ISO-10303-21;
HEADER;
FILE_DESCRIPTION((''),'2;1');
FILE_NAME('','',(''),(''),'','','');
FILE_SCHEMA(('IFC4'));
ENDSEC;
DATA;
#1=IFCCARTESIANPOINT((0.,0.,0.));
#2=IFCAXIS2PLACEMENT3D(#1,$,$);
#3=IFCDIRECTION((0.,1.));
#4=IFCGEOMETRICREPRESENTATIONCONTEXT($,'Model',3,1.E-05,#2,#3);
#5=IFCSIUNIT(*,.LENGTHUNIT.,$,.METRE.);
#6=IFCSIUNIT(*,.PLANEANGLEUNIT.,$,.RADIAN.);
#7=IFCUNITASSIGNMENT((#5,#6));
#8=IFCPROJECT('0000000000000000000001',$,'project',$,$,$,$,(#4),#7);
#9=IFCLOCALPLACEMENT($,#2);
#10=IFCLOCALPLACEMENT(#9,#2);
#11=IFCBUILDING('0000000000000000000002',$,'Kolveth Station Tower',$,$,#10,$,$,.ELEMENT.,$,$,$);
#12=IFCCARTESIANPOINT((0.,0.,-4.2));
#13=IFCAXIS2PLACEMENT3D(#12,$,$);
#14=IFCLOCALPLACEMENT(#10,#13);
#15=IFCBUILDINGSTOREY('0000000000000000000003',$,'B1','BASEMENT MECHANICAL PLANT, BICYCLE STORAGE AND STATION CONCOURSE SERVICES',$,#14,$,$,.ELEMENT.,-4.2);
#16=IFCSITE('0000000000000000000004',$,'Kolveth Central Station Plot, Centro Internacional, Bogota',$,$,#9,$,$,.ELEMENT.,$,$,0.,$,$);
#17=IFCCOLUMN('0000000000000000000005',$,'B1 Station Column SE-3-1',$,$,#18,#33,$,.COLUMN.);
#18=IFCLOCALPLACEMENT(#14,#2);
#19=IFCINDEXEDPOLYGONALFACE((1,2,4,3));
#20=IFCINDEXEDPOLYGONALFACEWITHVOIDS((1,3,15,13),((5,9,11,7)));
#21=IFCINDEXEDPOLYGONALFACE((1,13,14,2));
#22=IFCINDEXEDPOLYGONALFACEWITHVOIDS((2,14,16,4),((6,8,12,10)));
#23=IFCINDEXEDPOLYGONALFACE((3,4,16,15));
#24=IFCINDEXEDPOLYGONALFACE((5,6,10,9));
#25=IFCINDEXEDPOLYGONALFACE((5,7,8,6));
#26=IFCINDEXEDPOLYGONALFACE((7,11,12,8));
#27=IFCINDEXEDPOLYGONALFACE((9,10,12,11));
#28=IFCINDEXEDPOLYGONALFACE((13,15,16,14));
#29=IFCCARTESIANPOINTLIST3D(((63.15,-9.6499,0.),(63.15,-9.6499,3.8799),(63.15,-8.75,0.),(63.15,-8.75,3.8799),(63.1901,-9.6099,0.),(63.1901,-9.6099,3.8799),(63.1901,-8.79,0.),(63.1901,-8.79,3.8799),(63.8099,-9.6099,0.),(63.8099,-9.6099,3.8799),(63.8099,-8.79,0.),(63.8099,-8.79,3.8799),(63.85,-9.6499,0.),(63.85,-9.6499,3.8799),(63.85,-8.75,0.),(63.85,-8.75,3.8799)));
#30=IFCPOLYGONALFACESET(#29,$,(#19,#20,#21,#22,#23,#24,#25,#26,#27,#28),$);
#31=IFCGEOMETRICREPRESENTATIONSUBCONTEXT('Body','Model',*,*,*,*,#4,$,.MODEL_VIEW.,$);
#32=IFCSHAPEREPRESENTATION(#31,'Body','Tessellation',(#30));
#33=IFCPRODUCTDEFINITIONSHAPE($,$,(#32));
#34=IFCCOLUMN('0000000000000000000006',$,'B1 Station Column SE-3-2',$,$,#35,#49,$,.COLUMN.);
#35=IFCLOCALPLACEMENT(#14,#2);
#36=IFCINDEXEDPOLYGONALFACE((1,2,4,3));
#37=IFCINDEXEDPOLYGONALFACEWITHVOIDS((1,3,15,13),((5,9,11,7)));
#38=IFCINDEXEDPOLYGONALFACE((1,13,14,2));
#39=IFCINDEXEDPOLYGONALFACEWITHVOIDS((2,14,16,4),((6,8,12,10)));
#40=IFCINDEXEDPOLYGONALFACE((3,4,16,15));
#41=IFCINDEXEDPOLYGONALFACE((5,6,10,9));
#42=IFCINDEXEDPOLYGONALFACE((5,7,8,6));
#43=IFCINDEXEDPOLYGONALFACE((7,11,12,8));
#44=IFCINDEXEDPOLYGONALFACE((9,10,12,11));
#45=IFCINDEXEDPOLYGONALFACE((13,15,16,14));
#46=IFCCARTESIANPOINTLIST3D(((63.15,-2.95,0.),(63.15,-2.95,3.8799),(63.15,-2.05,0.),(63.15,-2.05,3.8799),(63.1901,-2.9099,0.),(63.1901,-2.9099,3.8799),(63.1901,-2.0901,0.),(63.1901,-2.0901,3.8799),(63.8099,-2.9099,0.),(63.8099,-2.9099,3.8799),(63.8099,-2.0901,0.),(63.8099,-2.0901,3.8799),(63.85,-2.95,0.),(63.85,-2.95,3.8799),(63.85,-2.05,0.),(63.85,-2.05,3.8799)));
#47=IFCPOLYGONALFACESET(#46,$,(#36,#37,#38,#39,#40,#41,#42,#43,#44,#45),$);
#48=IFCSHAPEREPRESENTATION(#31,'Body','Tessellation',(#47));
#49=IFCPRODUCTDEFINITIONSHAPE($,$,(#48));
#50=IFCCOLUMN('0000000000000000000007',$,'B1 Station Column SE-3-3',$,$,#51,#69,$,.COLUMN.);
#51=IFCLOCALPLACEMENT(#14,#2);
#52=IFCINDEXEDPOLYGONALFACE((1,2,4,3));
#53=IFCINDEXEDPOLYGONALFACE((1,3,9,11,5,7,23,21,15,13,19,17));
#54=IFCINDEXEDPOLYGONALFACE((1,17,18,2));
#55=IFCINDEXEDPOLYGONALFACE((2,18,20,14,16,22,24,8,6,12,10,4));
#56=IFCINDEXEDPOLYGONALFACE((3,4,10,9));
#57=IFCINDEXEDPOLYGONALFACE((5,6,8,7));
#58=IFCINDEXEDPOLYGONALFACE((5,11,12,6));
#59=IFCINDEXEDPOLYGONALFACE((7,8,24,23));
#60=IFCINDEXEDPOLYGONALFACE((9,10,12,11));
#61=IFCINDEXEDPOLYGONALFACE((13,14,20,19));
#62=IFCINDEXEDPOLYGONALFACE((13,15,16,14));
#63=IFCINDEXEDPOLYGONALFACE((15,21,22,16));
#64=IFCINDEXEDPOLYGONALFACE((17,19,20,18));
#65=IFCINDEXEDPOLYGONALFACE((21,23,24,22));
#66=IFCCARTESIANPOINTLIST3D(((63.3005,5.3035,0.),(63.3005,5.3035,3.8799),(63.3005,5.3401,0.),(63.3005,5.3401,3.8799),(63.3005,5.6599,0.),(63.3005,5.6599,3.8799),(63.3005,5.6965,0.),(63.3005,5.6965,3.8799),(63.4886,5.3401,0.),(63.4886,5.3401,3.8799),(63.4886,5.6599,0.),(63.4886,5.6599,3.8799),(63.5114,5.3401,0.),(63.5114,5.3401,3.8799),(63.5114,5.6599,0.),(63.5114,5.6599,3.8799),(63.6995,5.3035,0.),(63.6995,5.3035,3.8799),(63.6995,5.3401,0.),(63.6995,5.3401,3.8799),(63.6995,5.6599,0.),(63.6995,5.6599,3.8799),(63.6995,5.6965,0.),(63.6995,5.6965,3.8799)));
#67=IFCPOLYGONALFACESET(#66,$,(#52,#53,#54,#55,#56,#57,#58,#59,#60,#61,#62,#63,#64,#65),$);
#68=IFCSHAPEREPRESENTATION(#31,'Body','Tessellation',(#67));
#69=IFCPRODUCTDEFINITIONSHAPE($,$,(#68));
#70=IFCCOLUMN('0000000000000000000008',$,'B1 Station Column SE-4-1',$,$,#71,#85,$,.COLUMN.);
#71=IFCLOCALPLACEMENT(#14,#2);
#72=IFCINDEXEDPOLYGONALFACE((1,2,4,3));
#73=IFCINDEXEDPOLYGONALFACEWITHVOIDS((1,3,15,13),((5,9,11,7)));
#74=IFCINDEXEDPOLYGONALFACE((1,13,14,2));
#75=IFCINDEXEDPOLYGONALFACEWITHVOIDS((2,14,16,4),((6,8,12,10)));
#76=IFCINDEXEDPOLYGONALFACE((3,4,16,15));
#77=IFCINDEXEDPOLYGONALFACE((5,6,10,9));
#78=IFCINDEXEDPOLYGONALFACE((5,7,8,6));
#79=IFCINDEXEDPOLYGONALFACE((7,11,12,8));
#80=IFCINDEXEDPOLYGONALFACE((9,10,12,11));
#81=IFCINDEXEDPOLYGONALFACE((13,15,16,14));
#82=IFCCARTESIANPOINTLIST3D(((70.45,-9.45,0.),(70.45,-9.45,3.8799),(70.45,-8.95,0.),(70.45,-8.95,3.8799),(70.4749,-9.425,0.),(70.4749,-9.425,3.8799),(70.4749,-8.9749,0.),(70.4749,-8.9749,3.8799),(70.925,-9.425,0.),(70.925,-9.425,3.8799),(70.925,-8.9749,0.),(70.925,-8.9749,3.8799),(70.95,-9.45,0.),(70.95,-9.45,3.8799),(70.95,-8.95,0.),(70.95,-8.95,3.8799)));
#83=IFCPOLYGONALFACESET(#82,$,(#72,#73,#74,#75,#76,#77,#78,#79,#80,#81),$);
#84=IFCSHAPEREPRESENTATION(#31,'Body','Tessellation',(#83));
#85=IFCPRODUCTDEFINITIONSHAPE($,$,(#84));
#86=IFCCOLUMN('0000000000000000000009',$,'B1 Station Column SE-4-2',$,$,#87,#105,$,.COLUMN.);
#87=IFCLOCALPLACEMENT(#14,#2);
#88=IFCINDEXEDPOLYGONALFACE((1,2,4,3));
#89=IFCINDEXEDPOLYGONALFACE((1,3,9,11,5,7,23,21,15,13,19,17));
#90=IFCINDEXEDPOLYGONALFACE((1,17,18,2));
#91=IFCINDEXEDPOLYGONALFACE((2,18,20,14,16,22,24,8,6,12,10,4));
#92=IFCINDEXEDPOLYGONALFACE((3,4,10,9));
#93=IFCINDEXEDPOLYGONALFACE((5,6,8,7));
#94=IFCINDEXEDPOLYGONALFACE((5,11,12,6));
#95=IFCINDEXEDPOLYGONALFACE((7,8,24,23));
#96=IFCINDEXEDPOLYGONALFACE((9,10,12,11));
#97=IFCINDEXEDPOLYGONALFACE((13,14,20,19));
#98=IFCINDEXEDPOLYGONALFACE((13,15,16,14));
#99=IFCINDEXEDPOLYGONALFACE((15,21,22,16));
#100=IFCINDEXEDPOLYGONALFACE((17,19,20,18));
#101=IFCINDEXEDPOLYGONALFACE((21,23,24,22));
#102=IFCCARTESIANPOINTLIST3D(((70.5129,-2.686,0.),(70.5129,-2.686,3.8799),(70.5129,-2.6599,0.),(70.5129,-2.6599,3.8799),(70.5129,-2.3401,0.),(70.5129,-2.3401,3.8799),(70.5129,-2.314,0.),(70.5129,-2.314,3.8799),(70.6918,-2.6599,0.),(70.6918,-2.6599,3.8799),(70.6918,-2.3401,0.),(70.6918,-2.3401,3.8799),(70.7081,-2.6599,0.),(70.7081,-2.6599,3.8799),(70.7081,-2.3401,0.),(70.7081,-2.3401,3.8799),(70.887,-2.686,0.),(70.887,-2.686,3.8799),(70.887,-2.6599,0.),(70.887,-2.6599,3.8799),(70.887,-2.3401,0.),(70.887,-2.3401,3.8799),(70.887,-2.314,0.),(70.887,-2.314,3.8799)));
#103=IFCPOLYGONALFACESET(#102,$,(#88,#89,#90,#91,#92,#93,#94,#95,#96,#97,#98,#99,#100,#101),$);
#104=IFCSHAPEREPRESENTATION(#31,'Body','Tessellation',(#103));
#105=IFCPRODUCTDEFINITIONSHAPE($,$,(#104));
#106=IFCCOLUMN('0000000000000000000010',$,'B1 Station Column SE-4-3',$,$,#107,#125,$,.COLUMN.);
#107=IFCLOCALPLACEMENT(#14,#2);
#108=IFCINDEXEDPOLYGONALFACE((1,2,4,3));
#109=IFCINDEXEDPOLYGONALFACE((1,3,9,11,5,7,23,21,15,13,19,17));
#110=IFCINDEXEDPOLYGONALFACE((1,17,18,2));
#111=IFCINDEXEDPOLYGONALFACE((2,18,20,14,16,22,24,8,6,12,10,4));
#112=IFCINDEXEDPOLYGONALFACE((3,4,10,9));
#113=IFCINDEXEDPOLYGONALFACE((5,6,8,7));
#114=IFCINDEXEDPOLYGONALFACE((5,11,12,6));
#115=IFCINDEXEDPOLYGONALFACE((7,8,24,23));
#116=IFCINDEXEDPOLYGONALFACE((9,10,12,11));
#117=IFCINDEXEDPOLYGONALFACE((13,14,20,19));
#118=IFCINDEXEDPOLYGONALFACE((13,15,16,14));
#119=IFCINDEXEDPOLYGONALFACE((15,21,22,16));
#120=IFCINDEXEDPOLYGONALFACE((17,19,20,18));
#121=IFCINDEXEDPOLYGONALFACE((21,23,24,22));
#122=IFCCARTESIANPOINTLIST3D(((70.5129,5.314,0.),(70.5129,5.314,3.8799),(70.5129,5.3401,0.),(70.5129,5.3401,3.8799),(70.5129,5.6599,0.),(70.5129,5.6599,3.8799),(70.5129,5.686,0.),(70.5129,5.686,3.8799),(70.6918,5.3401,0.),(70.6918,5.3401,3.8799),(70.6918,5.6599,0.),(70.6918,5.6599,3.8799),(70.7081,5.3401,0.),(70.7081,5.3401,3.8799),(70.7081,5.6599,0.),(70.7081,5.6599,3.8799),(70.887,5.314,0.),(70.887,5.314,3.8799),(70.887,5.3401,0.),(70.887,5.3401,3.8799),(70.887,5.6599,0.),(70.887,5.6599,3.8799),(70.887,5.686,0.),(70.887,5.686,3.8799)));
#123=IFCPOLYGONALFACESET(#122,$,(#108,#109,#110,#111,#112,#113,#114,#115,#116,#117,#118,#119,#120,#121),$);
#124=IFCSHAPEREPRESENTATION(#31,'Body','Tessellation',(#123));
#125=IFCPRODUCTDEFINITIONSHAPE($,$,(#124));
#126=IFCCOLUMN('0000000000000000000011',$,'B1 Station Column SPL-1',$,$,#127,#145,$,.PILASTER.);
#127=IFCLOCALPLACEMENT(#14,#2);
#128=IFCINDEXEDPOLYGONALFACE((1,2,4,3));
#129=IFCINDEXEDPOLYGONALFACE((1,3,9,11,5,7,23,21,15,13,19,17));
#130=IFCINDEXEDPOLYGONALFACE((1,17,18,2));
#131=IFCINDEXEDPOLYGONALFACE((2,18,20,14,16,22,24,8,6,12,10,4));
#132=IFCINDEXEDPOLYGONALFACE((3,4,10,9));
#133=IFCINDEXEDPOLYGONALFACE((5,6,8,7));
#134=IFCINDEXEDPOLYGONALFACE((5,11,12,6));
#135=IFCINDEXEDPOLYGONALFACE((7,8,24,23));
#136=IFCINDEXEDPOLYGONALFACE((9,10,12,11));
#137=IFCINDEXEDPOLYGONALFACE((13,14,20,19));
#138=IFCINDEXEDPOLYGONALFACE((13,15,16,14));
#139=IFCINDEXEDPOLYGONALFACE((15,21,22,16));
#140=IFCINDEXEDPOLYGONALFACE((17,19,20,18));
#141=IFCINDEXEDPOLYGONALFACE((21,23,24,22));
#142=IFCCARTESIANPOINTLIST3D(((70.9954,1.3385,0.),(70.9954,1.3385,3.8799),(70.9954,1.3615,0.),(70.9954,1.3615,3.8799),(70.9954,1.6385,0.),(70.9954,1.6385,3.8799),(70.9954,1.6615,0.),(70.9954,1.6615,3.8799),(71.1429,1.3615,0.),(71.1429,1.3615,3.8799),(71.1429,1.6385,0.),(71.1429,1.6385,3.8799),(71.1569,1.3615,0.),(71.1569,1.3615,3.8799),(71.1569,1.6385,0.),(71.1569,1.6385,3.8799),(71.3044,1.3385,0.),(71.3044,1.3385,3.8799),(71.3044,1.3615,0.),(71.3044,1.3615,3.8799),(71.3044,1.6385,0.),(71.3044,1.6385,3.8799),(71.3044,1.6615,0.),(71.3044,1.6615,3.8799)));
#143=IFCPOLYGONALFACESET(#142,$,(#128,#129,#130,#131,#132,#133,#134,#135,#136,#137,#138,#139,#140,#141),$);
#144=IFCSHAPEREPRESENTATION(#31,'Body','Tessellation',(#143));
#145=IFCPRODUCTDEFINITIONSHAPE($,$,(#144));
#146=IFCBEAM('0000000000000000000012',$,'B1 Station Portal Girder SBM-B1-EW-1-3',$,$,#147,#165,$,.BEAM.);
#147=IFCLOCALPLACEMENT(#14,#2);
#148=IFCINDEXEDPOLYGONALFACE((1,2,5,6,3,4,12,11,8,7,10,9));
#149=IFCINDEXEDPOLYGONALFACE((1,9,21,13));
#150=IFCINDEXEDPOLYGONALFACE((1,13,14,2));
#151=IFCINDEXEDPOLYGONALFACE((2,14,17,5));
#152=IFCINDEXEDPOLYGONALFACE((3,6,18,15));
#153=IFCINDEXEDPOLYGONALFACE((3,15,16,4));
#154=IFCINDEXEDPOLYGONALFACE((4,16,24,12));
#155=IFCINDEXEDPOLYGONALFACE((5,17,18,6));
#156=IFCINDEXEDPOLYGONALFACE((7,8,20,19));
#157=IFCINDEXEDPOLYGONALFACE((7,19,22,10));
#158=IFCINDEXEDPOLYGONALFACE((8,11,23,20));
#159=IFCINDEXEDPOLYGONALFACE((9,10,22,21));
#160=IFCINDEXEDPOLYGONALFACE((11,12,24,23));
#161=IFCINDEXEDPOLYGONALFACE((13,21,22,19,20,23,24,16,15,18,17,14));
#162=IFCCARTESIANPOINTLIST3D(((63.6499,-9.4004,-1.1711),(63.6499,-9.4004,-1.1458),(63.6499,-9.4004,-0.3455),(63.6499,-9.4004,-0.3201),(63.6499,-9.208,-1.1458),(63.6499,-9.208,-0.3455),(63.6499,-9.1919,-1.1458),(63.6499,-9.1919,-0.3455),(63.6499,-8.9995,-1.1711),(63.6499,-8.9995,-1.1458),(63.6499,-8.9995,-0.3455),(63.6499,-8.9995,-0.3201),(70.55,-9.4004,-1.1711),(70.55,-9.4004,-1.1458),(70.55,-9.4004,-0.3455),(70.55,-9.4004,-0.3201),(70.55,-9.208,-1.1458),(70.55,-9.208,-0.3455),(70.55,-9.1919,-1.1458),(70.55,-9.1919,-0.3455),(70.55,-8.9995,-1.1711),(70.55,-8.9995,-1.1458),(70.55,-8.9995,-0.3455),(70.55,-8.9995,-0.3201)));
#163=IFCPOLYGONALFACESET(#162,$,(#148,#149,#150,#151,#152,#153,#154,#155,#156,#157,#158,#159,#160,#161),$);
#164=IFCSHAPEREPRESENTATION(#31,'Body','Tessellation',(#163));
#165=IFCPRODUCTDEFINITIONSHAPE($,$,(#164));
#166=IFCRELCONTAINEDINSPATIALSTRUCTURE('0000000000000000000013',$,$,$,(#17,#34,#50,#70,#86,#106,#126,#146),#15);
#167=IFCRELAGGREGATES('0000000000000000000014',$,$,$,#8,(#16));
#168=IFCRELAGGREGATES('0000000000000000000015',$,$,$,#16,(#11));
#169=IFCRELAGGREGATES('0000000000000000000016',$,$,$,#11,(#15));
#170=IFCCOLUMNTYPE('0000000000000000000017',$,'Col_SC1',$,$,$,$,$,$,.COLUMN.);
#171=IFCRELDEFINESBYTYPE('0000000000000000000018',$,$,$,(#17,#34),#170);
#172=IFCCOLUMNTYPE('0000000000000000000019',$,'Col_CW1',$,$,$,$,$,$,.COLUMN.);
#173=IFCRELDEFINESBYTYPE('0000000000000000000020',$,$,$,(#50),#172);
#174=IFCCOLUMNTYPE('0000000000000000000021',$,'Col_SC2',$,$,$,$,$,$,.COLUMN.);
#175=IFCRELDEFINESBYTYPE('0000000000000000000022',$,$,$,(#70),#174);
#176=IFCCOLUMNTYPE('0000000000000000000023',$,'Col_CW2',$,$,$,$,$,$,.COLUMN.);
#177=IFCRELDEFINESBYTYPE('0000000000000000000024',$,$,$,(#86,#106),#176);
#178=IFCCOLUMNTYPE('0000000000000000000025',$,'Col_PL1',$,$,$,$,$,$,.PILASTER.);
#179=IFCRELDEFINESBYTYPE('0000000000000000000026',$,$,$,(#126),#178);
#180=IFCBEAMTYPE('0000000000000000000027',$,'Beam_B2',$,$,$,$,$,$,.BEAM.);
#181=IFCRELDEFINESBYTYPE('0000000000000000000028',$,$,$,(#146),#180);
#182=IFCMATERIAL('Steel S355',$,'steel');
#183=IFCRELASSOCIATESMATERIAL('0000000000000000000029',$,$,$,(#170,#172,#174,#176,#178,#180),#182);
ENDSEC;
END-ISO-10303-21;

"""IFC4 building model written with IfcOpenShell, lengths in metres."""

from ifc_helpers import new_model, si_unit, direction, frame, origin, origin_2d, place, context, subcontext, project, spatial, hollow_rectangle, i_section, extrude, source, transform, mapped, material, material_profile, profile_set, type_object, element, save


model = new_model("IFC4")

# Units and contexts
model_context = context("Model", 3, precision=1e-05, world=origin(), true_north=direction((0.0, 1.0)))
body_context = subcontext(model_context, "Body", "Model", "MODEL_VIEW")
ifc_project = project(units=[si_unit("LENGTHUNIT", "METRE"), si_unit("PLANEANGLEUNIT", "RADIAN")], contexts=[model_context])

# Site, building, storey
site_placement = place(None, origin())
site = spatial("IfcSite", under=ifc_project, at=site_placement, Name="Kolveth Central Station Plot, Centro Internacional, Bogota", CompositionType="ELEMENT", RefElevation=0.0)
building_placement = place(site_placement, origin())
building = spatial("IfcBuilding", under=site, at=building_placement, Name="Kolveth Station Tower", CompositionType="ELEMENT")
storey_placement = place(building_placement, frame((0.0, 0.0, -4.2)))
storey = spatial("IfcBuildingStorey", under=building, at=storey_placement, Name="B1", Description="BASEMENT MECHANICAL PLANT, BICYCLE STORAGE AND STATION CONCOURSE SERVICES", CompositionType="ELEMENT", Elevation=-4.2)

# Columns
ifc_material_1 = material(Name="Steel S355", Category="steel")
ifc_material_profile_1 = material_profile(ifc_material_1, hollow_rectangle(XDim=0.7, YDim=0.8999, WallThickness=0.04, at=origin_2d()), Name="BOX900x700x40")
ifc_profile_set_1 = profile_set([ifc_material_profile_1], Name="Steel S355")
column_type_1 = type_object("IfcColumnType", Name="Col_SC1", PredefinedType="COLUMN", material=ifc_profile_set_1)
shared_shape_1 = source(origin(), body_context, "Body", "SweptSolid", [
    extrude(hollow_rectangle(XDim=0.7, YDim=0.8999, WallThickness=0.04, at=origin_2d()), origin(), (0.0, 0.0, 1.0), 3.8799),
])
for number, where, z_axis, x_axis, name in (
    (1, (63.5, -9.2, 0.0), (0.0, 0.0, 1.0), (1.0, 0.0, 0.0), "B1 Station Column SE-3-1"),
    (2, (63.5, -2.5, 0.0), (0.0, 0.0, 1.0), (1.0, 0.0, 0.0), "B1 Station Column SE-3-2"),
):
    element("IfcColumn", number, at=place(storey_placement, frame(where, z_axis=z_axis, x_axis=x_axis)), inside=storey, type_object=column_type_1, Name=name, PredefinedType="COLUMN", context=body_context, shape_type="MappedRepresentation", body=[
        mapped(shared_shape_1, transform((0.0, 0.0, 0.0), x_axis=(1.0, 0.0, 0.0), y_axis=(0.0, 1.0, 0.0), z_axis=(0.0, 0.0, 1.0), scale=1.0)),
    ])
ifc_material_profile_2 = material_profile(ifc_material_1, i_section(OverallWidth=0.3989, OverallDepth=0.3931, WebThickness=0.0227, FlangeThickness=0.0366, at=origin_2d()), Name="W360x287")
ifc_profile_set_2 = profile_set([ifc_material_profile_2], Name="Steel S355")
column_type_2 = type_object("IfcColumnType", Name="Col_CW1", PredefinedType="COLUMN", material=ifc_profile_set_2)
shared_shape_2 = source(origin(), body_context, "Body", "SweptSolid", [
    extrude(i_section(OverallWidth=0.3989, OverallDepth=0.3931, WebThickness=0.0227, FlangeThickness=0.0366, at=origin_2d()), origin(), (0.0, 0.0, 1.0), 3.8799),
])
column_1_placement = place(storey_placement, frame((63.5, 5.5, 0.0), z_axis=(0.0, 0.0, 1.0), x_axis=(1.0, 0.0, 0.0)))
element("IfcColumn", 3, at=column_1_placement, inside=storey, type_object=column_type_2, Name="B1 Station Column SE-3-3", PredefinedType="COLUMN", context=body_context, shape_type="MappedRepresentation", body=[
    mapped(shared_shape_2, transform((0.0, 0.0, 0.0), x_axis=(1.0, 0.0, 0.0), y_axis=(0.0, 1.0, 0.0), z_axis=(0.0, 0.0, 1.0), scale=1.0)),
])
ifc_material_profile_3 = material_profile(ifc_material_1, hollow_rectangle(XDim=0.5, YDim=0.5, WallThickness=0.0249, at=origin_2d()), Name="HSS500x500x25")
ifc_profile_set_3 = profile_set([ifc_material_profile_3], Name="Steel S355")
column_type_3 = type_object("IfcColumnType", Name="Col_SC2", PredefinedType="COLUMN", material=ifc_profile_set_3)
shared_shape_3 = source(origin(), body_context, "Body", "SweptSolid", [
    extrude(hollow_rectangle(XDim=0.5, YDim=0.5, WallThickness=0.0249, at=origin_2d()), origin(), (0.0, 0.0, 1.0), 3.8799),
])
column_2_placement = place(storey_placement, frame((70.7, -9.2, 0.0), z_axis=(0.0, 0.0, 1.0), x_axis=(1.0, 0.0, 0.0)))
element("IfcColumn", 4, at=column_2_placement, inside=storey, type_object=column_type_3, Name="B1 Station Column SE-4-1", PredefinedType="COLUMN", context=body_context, shape_type="MappedRepresentation", body=[
    mapped(shared_shape_3, transform((0.0, 0.0, 0.0), x_axis=(1.0, 0.0, 0.0), y_axis=(0.0, 1.0, 0.0), z_axis=(0.0, 0.0, 1.0), scale=1.0)),
])
ifc_material_profile_4 = material_profile(ifc_material_1, i_section(OverallWidth=0.374, OverallDepth=0.3721, WebThickness=0.0164, FlangeThickness=0.0261, at=origin_2d()), Name="W360x196")
ifc_profile_set_4 = profile_set([ifc_material_profile_4], Name="Steel S355")
column_type_4 = type_object("IfcColumnType", Name="Col_CW2", PredefinedType="COLUMN", material=ifc_profile_set_4)
shared_shape_4 = source(origin(), body_context, "Body", "SweptSolid", [
    extrude(i_section(OverallWidth=0.374, OverallDepth=0.3721, WebThickness=0.0164, FlangeThickness=0.0261, at=origin_2d()), origin(), (0.0, 0.0, 1.0), 3.8799),
])
for number, where, z_axis, x_axis, name in (
    (5, (70.7, -2.5, 0.0), (0.0, 0.0, 1.0), (1.0, 0.0, 0.0), "B1 Station Column SE-4-2"),
    (6, (70.7, 5.5, 0.0), (0.0, 0.0, 1.0), (1.0, 0.0, 0.0), "B1 Station Column SE-4-3"),
):
    element("IfcColumn", number, at=place(storey_placement, frame(where, z_axis=z_axis, x_axis=x_axis)), inside=storey, type_object=column_type_4, Name=name, PredefinedType="COLUMN", context=body_context, shape_type="MappedRepresentation", body=[
        mapped(shared_shape_4, transform((0.0, 0.0, 0.0), x_axis=(1.0, 0.0, 0.0), y_axis=(0.0, 1.0, 0.0), z_axis=(0.0, 0.0, 1.0), scale=1.0)),
    ])
ifc_material_profile_5 = material_profile(ifc_material_1, i_section(OverallWidth=0.3091, OverallDepth=0.323, WebThickness=0.0139, FlangeThickness=0.0229, at=origin_2d()), Name="W310x143")
ifc_profile_set_5 = profile_set([ifc_material_profile_5], Name="Steel S355")
column_type_5 = type_object("IfcColumnType", Name="Col_PL1", PredefinedType="PILASTER", material=ifc_profile_set_5)
shared_shape_5 = source(origin(), body_context, "Body", "SweptSolid", [
    extrude(i_section(OverallWidth=0.3091, OverallDepth=0.323, WebThickness=0.0139, FlangeThickness=0.0229, at=origin_2d()), origin(), (0.0, 0.0, 1.0), 3.8799),
])
column_3_placement = place(storey_placement, frame((71.1499, 1.5, 0.0), z_axis=(0.0, 0.0, 1.0), x_axis=(1.0, 0.0, 0.0)))
element("IfcColumn", 7, at=column_3_placement, inside=storey, type_object=column_type_5, Name="B1 Station Column SPL-1", PredefinedType="PILASTER", context=body_context, shape_type="MappedRepresentation", body=[
    mapped(shared_shape_5, transform((0.0, 0.0, 0.0), x_axis=(1.0, 0.0, 0.0), y_axis=(0.0, 1.0, 0.0), z_axis=(0.0, 0.0, 1.0), scale=1.0)),
])

# Beam
ifc_material_profile_6 = material_profile(ifc_material_1, i_section(OverallWidth=0.4009, OverallDepth=0.8511, WebThickness=0.0161, FlangeThickness=0.0254, at=origin_2d()), Name="W840x226")
ifc_profile_set_6 = profile_set([ifc_material_profile_6], Name="Steel S355")
beam_type_1 = type_object("IfcBeamType", Name="Beam_B2", PredefinedType="BEAM", material=ifc_profile_set_6)
shared_shape_6 = source(origin(), body_context, "Body", "SweptSolid", [
    extrude(i_section(OverallWidth=0.4009, OverallDepth=0.8511, WebThickness=0.0161, FlangeThickness=0.0254, at=origin_2d()), origin(), (0.0, 0.0, 1.0), 6.9001),
])
for number, where, z_axis, x_axis, name in (
    (8, (63.6499, -9.2, -0.7456), (1.0, 0.0, 0.0), (0.0, 1.0, 0.0), "B1 Station Portal Girder SBM-B1-EW-1-3"),
):
    element("IfcBeam", number, at=place(storey_placement, frame(where, z_axis=z_axis, x_axis=x_axis)), inside=storey, type_object=beam_type_1, Name=name, PredefinedType="BEAM", context=body_context, shape_type="MappedRepresentation", body=[
        mapped(shared_shape_6, transform((0.0, 0.0, 0.0), x_axis=(1.0, 0.0, 0.0), y_axis=(0.0, 1.0, 0.0), z_axis=(0.0, 0.0, 1.0), scale=1.0)),
    ])

save(model, "model.ifc")
